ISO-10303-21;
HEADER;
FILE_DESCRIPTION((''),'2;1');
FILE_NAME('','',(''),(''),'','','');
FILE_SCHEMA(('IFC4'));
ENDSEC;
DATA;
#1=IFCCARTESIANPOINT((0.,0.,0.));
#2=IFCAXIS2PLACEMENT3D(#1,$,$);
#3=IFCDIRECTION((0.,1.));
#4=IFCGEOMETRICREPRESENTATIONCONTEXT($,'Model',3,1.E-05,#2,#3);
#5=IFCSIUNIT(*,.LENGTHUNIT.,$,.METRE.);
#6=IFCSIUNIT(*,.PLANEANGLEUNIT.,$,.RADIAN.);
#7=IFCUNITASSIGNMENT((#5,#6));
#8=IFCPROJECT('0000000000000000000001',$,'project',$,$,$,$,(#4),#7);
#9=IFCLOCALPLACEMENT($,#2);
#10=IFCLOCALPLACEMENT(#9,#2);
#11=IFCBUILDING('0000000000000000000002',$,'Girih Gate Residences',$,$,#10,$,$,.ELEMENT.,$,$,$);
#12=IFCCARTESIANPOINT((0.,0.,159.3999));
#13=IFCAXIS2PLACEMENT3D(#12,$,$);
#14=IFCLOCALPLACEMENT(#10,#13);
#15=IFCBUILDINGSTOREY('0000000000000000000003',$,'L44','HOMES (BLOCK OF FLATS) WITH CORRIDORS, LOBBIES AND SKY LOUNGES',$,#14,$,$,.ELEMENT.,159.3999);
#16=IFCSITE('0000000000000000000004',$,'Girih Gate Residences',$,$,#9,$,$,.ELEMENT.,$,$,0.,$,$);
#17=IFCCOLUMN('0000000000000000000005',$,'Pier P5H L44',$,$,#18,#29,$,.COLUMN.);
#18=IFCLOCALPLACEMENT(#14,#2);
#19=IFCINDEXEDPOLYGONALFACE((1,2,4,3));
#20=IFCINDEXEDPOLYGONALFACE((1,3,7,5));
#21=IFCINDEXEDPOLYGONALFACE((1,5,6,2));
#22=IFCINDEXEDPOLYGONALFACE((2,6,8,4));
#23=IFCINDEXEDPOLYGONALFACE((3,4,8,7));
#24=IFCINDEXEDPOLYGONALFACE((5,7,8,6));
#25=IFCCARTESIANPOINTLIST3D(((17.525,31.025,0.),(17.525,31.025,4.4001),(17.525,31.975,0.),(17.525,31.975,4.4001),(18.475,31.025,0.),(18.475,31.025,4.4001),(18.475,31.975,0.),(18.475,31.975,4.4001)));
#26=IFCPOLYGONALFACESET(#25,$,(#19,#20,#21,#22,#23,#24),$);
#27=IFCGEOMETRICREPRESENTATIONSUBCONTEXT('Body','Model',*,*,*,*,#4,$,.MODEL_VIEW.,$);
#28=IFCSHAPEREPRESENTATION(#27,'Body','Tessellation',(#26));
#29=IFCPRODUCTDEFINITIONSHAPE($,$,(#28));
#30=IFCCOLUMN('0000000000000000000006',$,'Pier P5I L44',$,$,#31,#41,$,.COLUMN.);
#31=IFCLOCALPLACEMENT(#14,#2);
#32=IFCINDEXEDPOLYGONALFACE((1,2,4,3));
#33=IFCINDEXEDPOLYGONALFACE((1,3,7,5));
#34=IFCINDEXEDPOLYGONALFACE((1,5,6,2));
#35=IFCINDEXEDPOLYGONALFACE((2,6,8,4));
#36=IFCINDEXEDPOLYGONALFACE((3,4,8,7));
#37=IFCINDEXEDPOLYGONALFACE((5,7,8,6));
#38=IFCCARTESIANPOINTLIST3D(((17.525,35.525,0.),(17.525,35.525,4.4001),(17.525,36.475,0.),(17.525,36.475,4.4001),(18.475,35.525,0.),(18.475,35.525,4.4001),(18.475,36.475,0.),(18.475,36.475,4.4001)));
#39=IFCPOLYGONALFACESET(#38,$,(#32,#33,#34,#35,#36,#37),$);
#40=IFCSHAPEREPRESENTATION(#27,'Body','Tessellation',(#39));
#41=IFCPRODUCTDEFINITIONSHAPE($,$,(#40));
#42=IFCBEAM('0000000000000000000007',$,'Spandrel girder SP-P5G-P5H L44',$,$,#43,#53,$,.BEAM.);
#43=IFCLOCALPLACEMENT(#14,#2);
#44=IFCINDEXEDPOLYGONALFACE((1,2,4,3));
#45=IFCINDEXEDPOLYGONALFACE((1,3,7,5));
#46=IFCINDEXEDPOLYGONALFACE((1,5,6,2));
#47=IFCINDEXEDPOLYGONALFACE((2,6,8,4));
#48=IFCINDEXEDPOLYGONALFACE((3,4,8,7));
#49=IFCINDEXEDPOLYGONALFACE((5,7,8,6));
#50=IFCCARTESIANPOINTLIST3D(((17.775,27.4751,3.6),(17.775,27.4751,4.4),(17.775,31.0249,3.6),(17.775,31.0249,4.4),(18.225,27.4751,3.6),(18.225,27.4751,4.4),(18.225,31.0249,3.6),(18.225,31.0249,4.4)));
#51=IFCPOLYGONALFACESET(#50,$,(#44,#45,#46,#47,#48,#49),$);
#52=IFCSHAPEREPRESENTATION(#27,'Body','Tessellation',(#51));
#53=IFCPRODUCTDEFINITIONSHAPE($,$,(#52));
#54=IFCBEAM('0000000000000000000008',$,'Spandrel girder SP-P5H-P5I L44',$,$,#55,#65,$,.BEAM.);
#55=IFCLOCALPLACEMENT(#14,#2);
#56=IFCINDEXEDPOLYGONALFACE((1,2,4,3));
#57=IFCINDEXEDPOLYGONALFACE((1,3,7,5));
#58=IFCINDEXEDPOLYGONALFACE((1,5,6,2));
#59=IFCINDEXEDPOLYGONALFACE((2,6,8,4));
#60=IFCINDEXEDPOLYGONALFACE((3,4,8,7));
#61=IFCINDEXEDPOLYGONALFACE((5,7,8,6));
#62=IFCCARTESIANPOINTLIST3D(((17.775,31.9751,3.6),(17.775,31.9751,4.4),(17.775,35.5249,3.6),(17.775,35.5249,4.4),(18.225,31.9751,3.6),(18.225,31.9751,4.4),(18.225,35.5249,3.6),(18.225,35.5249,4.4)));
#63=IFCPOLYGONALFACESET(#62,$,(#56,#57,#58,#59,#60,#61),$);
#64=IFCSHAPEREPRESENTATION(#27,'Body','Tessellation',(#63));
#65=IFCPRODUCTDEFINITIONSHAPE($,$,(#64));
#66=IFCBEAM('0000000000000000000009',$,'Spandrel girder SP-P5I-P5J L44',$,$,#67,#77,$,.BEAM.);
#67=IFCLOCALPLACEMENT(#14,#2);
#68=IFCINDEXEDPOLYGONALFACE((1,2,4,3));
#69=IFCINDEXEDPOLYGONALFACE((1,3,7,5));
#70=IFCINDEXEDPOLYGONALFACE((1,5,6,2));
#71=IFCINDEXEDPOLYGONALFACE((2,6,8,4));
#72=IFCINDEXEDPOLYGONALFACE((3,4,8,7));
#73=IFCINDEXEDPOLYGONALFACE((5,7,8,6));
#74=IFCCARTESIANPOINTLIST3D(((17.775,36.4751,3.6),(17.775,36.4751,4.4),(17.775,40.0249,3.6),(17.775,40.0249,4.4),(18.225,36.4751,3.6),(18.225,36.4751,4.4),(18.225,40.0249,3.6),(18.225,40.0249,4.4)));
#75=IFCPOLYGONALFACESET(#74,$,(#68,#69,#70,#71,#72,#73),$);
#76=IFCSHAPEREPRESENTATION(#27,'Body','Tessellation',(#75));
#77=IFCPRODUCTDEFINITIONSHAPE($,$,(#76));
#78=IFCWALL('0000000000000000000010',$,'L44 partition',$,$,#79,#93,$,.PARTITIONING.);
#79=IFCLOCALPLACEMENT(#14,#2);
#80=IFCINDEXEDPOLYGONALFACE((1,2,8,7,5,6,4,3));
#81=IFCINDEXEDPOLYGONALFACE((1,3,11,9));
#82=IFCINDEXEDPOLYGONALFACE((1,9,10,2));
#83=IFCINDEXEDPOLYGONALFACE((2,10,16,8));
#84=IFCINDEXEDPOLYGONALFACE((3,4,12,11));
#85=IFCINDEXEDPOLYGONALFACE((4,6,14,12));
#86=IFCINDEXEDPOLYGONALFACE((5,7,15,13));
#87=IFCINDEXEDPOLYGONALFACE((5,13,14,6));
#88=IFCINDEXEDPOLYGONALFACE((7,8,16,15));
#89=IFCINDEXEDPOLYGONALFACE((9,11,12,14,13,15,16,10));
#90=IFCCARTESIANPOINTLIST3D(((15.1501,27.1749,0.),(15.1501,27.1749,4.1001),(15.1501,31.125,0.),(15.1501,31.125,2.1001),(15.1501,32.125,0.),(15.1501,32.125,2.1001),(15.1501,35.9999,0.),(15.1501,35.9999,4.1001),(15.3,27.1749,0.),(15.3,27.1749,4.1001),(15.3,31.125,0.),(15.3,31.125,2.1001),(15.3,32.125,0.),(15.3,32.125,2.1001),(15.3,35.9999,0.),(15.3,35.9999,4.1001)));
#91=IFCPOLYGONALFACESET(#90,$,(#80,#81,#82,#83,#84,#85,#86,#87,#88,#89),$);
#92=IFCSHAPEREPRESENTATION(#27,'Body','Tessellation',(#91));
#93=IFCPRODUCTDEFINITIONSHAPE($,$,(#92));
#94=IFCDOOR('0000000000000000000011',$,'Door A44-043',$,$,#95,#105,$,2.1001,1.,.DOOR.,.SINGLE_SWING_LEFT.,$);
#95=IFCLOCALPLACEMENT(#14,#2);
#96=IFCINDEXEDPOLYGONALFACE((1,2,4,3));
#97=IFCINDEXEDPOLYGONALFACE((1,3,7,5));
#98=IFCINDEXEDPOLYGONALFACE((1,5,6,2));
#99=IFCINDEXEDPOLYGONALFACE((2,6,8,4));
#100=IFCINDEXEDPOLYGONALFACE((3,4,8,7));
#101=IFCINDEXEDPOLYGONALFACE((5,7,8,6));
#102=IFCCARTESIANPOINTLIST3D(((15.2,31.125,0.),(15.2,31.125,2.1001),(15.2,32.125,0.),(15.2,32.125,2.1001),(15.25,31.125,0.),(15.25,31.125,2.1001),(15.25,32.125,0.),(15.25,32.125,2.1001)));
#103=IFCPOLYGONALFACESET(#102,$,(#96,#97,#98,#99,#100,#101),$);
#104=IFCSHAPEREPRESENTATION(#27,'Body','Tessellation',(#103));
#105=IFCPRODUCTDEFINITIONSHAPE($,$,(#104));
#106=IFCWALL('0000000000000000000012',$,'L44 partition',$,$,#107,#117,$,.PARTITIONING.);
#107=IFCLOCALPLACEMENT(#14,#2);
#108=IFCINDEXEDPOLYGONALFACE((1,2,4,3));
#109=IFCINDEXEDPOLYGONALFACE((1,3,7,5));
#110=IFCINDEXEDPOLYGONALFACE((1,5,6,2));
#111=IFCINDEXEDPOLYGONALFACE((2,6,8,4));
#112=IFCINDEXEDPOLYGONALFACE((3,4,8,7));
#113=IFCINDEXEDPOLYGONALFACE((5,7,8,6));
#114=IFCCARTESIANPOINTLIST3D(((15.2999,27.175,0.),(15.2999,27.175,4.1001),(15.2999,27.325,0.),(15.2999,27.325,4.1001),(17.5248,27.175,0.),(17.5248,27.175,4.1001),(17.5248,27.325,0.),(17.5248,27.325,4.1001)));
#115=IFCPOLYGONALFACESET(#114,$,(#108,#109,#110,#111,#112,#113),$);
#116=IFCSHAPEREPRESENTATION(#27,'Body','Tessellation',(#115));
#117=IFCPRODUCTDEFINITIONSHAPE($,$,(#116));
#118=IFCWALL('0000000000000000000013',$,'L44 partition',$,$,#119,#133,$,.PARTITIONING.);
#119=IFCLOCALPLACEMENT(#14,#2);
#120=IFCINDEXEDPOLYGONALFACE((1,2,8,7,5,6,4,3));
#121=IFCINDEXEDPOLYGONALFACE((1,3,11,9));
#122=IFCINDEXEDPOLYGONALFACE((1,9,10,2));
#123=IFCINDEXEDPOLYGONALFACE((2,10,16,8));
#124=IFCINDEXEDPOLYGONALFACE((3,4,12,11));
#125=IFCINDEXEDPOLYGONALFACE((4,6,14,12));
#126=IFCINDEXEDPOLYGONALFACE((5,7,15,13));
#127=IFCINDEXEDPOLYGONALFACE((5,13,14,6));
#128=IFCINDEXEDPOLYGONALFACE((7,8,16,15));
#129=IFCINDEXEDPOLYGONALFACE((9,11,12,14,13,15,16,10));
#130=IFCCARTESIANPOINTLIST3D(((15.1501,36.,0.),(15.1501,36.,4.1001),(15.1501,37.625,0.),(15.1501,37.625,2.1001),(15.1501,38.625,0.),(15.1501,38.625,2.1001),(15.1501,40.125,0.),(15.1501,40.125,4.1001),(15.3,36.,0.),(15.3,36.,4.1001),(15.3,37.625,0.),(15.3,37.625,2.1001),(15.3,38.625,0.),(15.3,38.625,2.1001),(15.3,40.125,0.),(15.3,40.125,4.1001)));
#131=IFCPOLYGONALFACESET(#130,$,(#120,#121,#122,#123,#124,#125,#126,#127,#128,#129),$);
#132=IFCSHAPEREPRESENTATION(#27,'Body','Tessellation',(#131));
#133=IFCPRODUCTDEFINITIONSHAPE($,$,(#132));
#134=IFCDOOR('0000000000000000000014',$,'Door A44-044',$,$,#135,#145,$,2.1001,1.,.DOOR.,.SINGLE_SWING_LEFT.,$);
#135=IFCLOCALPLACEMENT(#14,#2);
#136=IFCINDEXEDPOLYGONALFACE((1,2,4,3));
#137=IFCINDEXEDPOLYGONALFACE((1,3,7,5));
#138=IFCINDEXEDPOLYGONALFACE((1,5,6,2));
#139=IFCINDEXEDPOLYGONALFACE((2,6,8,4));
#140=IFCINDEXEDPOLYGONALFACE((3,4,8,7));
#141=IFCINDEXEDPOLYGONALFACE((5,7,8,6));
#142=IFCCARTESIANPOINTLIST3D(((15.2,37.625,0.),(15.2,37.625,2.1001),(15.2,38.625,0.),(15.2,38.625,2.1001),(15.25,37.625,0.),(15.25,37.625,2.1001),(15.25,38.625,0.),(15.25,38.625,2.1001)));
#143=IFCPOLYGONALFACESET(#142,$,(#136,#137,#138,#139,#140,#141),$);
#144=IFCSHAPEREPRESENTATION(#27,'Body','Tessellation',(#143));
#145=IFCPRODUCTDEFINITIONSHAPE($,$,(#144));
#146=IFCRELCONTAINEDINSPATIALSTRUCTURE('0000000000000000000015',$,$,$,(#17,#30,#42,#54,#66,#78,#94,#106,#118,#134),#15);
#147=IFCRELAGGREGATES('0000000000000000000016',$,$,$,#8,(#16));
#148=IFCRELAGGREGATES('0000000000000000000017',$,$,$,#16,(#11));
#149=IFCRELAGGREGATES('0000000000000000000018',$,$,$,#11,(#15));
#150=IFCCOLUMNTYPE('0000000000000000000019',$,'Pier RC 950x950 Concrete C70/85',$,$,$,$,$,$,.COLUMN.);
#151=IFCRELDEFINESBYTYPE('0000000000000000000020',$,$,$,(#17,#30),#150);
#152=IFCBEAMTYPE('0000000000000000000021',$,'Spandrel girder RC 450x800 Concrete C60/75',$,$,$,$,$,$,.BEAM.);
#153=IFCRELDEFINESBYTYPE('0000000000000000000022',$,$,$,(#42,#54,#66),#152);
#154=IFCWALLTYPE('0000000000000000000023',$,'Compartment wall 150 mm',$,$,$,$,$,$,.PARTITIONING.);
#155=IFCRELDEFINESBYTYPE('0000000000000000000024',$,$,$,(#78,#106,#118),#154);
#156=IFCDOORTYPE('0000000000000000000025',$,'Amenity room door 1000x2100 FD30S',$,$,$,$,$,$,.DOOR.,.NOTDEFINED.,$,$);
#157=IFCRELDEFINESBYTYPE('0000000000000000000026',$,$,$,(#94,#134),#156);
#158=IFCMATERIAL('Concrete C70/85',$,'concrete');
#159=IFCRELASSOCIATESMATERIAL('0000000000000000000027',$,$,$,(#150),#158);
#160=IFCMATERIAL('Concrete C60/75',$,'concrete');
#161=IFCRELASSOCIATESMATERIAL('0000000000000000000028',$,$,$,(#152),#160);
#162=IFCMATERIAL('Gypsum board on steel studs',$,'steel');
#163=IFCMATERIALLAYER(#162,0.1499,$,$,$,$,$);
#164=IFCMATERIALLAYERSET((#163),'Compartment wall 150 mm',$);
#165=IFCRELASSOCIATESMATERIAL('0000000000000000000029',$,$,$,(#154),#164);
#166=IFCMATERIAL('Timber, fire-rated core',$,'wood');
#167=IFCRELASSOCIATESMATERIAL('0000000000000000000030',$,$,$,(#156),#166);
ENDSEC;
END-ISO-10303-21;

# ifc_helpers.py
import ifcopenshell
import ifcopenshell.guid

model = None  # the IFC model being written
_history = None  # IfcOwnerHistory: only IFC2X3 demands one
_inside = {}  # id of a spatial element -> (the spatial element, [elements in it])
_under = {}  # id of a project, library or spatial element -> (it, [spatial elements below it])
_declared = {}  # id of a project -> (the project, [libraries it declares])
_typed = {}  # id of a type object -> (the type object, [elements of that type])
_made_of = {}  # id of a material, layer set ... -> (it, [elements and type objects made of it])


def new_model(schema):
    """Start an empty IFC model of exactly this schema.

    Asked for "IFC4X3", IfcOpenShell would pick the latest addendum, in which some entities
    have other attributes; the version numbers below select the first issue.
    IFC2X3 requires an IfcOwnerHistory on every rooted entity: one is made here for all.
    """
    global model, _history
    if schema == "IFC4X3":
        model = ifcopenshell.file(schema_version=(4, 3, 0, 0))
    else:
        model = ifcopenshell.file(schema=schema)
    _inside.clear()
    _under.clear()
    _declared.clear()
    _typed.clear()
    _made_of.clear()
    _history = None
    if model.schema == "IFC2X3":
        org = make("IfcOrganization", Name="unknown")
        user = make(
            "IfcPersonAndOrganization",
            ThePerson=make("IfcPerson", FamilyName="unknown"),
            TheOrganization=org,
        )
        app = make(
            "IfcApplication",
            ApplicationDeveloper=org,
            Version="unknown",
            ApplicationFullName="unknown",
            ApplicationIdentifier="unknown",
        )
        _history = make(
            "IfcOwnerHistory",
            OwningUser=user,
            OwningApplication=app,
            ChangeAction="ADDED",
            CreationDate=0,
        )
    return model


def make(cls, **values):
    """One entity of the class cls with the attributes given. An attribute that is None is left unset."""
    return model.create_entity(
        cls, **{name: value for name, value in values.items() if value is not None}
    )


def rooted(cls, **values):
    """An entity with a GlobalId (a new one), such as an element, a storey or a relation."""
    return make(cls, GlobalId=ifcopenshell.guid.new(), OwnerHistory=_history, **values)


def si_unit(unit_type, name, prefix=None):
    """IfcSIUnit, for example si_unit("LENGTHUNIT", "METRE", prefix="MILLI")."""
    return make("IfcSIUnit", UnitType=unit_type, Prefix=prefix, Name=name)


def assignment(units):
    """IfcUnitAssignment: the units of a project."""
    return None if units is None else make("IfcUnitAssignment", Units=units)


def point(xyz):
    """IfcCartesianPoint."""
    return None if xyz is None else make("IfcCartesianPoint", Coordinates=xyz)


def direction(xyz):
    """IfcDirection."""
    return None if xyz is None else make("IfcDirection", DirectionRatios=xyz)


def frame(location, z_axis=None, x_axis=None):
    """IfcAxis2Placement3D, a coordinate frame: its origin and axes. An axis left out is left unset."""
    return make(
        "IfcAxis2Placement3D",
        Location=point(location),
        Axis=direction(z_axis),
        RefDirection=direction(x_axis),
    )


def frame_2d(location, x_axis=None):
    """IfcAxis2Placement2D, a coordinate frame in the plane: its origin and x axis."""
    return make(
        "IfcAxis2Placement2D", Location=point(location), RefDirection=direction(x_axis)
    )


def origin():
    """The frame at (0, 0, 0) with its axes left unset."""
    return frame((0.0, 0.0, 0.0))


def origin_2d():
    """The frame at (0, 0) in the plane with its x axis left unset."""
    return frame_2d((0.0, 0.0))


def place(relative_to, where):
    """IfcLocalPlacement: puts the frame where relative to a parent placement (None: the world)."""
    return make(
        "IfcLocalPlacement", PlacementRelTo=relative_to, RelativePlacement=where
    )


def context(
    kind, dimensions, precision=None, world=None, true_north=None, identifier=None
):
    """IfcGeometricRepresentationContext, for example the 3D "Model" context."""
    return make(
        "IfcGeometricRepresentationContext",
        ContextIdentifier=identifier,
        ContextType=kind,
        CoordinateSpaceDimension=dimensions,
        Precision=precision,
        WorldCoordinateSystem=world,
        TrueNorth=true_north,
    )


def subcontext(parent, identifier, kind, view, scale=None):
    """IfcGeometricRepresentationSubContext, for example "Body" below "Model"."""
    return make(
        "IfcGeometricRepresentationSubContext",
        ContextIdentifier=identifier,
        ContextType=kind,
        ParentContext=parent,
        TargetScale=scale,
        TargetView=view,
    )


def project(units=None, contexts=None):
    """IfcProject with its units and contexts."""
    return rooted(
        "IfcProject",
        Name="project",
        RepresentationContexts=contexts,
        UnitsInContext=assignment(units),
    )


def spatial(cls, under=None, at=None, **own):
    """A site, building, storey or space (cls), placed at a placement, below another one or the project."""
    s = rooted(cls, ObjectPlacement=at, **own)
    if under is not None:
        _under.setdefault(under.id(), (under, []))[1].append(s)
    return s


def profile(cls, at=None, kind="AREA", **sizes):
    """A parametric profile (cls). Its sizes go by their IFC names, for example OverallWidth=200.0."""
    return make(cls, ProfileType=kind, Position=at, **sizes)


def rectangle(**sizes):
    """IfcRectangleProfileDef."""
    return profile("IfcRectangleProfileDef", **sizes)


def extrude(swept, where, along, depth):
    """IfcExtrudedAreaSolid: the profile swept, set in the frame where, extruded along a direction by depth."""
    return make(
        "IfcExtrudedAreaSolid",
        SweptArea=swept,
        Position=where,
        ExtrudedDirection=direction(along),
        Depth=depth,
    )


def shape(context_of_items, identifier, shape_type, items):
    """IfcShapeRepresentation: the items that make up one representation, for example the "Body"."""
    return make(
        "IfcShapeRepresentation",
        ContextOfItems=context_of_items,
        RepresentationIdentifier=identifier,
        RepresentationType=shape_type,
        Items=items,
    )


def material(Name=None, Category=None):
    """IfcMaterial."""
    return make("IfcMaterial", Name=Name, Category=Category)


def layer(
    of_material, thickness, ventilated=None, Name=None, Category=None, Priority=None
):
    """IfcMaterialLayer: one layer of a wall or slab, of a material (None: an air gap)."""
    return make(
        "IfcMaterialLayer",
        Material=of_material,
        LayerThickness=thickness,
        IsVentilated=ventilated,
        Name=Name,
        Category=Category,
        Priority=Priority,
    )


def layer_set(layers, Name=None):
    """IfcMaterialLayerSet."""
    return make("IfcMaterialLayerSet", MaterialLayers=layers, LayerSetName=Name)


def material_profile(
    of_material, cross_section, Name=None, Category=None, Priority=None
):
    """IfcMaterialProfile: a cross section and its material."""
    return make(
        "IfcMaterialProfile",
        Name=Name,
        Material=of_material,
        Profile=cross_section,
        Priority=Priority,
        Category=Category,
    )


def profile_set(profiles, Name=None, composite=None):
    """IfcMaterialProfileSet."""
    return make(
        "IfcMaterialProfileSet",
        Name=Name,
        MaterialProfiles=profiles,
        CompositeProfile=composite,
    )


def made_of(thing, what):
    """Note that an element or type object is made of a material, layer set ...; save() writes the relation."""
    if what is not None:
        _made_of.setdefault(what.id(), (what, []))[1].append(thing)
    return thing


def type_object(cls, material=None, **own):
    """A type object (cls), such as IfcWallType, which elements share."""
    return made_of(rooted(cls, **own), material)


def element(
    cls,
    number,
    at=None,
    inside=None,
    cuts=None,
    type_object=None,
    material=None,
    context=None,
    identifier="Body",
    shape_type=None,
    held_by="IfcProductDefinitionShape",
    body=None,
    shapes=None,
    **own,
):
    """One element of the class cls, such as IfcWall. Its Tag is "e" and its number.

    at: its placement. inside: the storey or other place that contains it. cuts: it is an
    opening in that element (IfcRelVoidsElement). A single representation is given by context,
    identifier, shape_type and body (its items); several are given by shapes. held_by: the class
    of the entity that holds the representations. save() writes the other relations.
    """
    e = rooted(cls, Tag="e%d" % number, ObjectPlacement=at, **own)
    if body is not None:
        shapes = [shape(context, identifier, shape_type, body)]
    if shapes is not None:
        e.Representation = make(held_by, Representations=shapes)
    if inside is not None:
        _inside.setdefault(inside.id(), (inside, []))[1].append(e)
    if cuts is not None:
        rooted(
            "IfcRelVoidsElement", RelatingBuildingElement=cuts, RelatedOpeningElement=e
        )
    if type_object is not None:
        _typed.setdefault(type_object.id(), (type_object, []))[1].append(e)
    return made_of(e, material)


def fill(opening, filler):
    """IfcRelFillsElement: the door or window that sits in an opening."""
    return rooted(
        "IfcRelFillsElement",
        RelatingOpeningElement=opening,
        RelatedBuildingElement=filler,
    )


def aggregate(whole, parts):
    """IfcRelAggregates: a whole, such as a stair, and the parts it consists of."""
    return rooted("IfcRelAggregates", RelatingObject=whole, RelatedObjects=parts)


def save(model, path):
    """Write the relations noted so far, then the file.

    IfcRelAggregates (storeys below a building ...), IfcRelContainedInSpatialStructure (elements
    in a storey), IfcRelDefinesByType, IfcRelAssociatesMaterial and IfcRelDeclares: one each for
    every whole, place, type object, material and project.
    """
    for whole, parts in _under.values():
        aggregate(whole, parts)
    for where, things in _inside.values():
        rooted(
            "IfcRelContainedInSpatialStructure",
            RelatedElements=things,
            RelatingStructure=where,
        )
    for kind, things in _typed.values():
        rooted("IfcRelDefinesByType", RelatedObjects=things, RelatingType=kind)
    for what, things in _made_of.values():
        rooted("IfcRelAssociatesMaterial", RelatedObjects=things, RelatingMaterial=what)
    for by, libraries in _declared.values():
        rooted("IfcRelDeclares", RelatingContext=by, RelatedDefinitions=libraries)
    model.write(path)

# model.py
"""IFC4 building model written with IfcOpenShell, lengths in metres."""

from ifc_helpers import new_model, si_unit, direction, frame, frame_2d, origin, origin_2d, place, context, subcontext, project, spatial, rectangle, extrude, material, layer, layer_set, material_profile, profile_set, type_object, element, fill, save


model = new_model("IFC4")

# Units and contexts
model_context = context("Model", 3, precision=1e-05, world=origin(), true_north=direction((0.0, 1.0)))
body_context = subcontext(model_context, "Body", "Model", "MODEL_VIEW")
ifc_project = project(units=[si_unit("LENGTHUNIT", "METRE"), si_unit("PLANEANGLEUNIT", "RADIAN")], contexts=[model_context])

# Site, building, storey
site_placement = place(None, origin())
site = spatial("IfcSite", under=ifc_project, at=site_placement, Name="Girih Gate Residences", CompositionType="ELEMENT", RefElevation=0.0)
building_placement = place(site_placement, origin())
building = spatial("IfcBuilding", under=site, at=building_placement, Name="Girih Gate Residences", CompositionType="ELEMENT")
storey_placement = place(building_placement, frame((0.0, 0.0, 159.3999)))
storey = spatial("IfcBuildingStorey", under=building, at=storey_placement, Name="L44", Description="HOMES (BLOCK OF FLATS) WITH CORRIDORS, LOBBIES AND SKY LOUNGES", CompositionType="ELEMENT", Elevation=159.3999)

# Columns
ifc_material_1 = material(Name="Concrete C70/85", Category="concrete")
ifc_material_profile_1 = material_profile(ifc_material_1, rectangle(XDim=0.95, YDim=0.95, at=origin_2d()))
ifc_profile_set_1 = profile_set([ifc_material_profile_1], Name="Concrete C70/85")
column_type = type_object("IfcColumnType", Name="Pier RC 950x950 Concrete C70/85", PredefinedType="COLUMN", material=ifc_profile_set_1)
for number, where, z_axis, x_axis, name in (
    (1, (18.0, 31.5, 0.0), (0.0, 0.0, 1.0), (1.0, 0.0, 0.0), "Pier P5H L44"),
    (2, (18.0, 36.0, 0.0), (0.0, 0.0, 1.0), (1.0, 0.0, 0.0), "Pier P5I L44"),
):
    element("IfcColumn", number, at=place(storey_placement, frame(where, z_axis=z_axis, x_axis=x_axis)), inside=storey, type_object=column_type, Name=name, PredefinedType="COLUMN", context=body_context, shape_type="SweptSolid", body=[
        extrude(rectangle(XDim=0.95, YDim=0.95, at=origin_2d()), origin(), (0.0, 0.0, 1.0), 4.4001),
    ])

# Beams
ifc_material_2 = material(Name="Concrete C60/75", Category="concrete")
ifc_material_profile_2 = material_profile(ifc_material_2, rectangle(XDim=0.45, YDim=0.8, at=origin_2d()))
ifc_profile_set_2 = profile_set([ifc_material_profile_2], Name="Concrete C60/75")
beam_type = type_object("IfcBeamType", Name="Spandrel girder RC 450x800 Concrete C60/75", PredefinedType="BEAM", material=ifc_profile_set_2)
for number, where, z_axis, x_axis, name in (
    (3, (18.0, 27.4751, 4.0), (0.0, 1.0, 0.0), (-1.0, 0.0, 0.0), "Spandrel girder SP-P5G-P5H L44"),
    (4, (18.0, 31.9751, 4.0), (0.0, 1.0, 0.0), (-1.0, 0.0, 0.0), "Spandrel girder SP-P5H-P5I L44"),
    (5, (18.0, 36.4751, 4.0), (0.0, 1.0, 0.0), (-1.0, 0.0, 0.0), "Spandrel girder SP-P5I-P5J L44"),
):
    element("IfcBeam", number, at=place(storey_placement, frame(where, z_axis=z_axis, x_axis=x_axis)), inside=storey, type_object=beam_type, Name=name, PredefinedType="BEAM", context=body_context, shape_type="SweptSolid", body=[
        extrude(rectangle(XDim=0.45, YDim=0.8, at=origin_2d()), origin(), (0.0, 0.0, 1.0), 3.5498),
    ])

# Wall, opening, door
ifc_material_3 = material(Name="Gypsum board on steel studs", Category="steel")
ifc_layer_1 = layer(ifc_material_3, 0.1499)
ifc_layer_set_1 = layer_set([ifc_layer_1], Name="Compartment wall 150 mm")
wall_type_1 = type_object("IfcWallType", Name="Compartment wall 150 mm", PredefinedType="PARTITIONING", material=ifc_layer_set_1)
wall_1_placement = place(storey_placement, frame((15.2251, 36.0, 0.0), z_axis=(0.0, 0.0, 1.0), x_axis=(0.0, -1.0, 0.0)))
wall_1 = element("IfcWall", 6, at=wall_1_placement, inside=storey, type_object=wall_type_1, Name="L44 partition", PredefinedType="PARTITIONING", context=body_context, shape_type="SweptSolid", body=[
    extrude(rectangle(XDim=8.825, YDim=0.1499, at=frame_2d((4.4126, 0.0))), origin(), (0.0, 0.0, 1.0), 4.1001),
])
opening_1_placement = place(wall_1_placement, frame((3.875, 0.0, 0.0)))
opening_1 = element("IfcOpeningElement", 7, at=opening_1_placement, cuts=wall_1, PredefinedType="OPENING", context=body_context, shape_type="SweptSolid", body=[
    extrude(rectangle(XDim=1.0, YDim=2.1001, at=frame_2d((0.5, 1.05))), frame((0.0, 0.085, 0.0), z_axis=(0.0, -1.0, 0.0), x_axis=(1.0, 0.0, 0.0)), (0.0, 0.0, 1.0), 0.1699),
])
ifc_material_4 = material(Name="Timber, fire-rated core", Category="wood")
door_type_1 = type_object("IfcDoorType", Name="Amenity room door 1000x2100 FD30S", OperationType="NOTDEFINED", PredefinedType="DOOR", material=ifc_material_4)
door_1_placement = place(opening_1_placement, origin())
door_1 = element("IfcDoor", 8, at=door_1_placement, inside=storey, type_object=door_type_1, Name="Door A44-043", OperationType="SINGLE_SWING_LEFT", OverallHeight=2.1001, OverallWidth=1.0, PredefinedType="DOOR", context=body_context, shape_type="SweptSolid", body=[
    extrude(rectangle(XDim=1.0, YDim=2.1001, at=frame_2d((0.5, 1.05))), frame((0.0, 0.0249, 0.0), z_axis=(0.0, -1.0, 0.0), x_axis=(1.0, 0.0, 0.0)), (0.0, 0.0, 1.0), 0.05),
])
fill(opening_1, door_1)

# Wall
wall_2_placement = place(storey_placement, frame((15.3, 27.25, 0.0), z_axis=(0.0, 0.0, 1.0), x_axis=(1.0, 0.0, 0.0)))
element("IfcWall", 9, at=wall_2_placement, inside=storey, type_object=wall_type_1, Name="L44 partition", PredefinedType="PARTITIONING", context=body_context, shape_type="SweptSolid", body=[
    extrude(rectangle(XDim=2.2249, YDim=0.1499, at=frame_2d((1.1123, 0.0))), origin(), (0.0, 0.0, 1.0), 4.1001),
])

# Wall, opening, door
wall_3_placement = place(storey_placement, frame((15.2251, 40.125, 0.0), z_axis=(0.0, 0.0, 1.0), x_axis=(0.0, -1.0, 0.0)))
wall_3 = element("IfcWall", 10, at=wall_3_placement, inside=storey, type_object=wall_type_1, Name="L44 partition", PredefinedType="PARTITIONING", context=body_context, shape_type="SweptSolid", body=[
    extrude(rectangle(XDim=4.125, YDim=0.1499, at=frame_2d((2.0625, 0.0))), origin(), (0.0, 0.0, 1.0), 4.1001),
])
opening_2_placement = place(wall_3_placement, frame((1.5, 0.0, 0.0)))
opening_2 = element("IfcOpeningElement", 11, at=opening_2_placement, cuts=wall_3, PredefinedType="OPENING", context=body_context, shape_type="SweptSolid", body=[
    extrude(rectangle(XDim=1.0, YDim=2.1001, at=frame_2d((0.5, 1.05))), frame((0.0, 0.085, 0.0), z_axis=(0.0, -1.0, 0.0), x_axis=(1.0, 0.0, 0.0)), (0.0, 0.0, 1.0), 0.1699),
])
door_2_placement = place(opening_2_placement, origin())
door_2 = element("IfcDoor", 12, at=door_2_placement, inside=storey, type_object=door_type_1, Name="Door A44-044", OperationType="SINGLE_SWING_LEFT", OverallHeight=2.1001, OverallWidth=1.0, PredefinedType="DOOR", context=body_context, shape_type="SweptSolid", body=[
    extrude(rectangle(XDim=1.0, YDim=2.1001, at=frame_2d((0.5, 1.05))), frame((0.0, 0.0249, 0.0), z_axis=(0.0, -1.0, 0.0), x_axis=(1.0, 0.0, 0.0)), (0.0, 0.0, 1.0), 0.05),
])
fill(opening_2, door_2)

save(model, "model.ifc")
